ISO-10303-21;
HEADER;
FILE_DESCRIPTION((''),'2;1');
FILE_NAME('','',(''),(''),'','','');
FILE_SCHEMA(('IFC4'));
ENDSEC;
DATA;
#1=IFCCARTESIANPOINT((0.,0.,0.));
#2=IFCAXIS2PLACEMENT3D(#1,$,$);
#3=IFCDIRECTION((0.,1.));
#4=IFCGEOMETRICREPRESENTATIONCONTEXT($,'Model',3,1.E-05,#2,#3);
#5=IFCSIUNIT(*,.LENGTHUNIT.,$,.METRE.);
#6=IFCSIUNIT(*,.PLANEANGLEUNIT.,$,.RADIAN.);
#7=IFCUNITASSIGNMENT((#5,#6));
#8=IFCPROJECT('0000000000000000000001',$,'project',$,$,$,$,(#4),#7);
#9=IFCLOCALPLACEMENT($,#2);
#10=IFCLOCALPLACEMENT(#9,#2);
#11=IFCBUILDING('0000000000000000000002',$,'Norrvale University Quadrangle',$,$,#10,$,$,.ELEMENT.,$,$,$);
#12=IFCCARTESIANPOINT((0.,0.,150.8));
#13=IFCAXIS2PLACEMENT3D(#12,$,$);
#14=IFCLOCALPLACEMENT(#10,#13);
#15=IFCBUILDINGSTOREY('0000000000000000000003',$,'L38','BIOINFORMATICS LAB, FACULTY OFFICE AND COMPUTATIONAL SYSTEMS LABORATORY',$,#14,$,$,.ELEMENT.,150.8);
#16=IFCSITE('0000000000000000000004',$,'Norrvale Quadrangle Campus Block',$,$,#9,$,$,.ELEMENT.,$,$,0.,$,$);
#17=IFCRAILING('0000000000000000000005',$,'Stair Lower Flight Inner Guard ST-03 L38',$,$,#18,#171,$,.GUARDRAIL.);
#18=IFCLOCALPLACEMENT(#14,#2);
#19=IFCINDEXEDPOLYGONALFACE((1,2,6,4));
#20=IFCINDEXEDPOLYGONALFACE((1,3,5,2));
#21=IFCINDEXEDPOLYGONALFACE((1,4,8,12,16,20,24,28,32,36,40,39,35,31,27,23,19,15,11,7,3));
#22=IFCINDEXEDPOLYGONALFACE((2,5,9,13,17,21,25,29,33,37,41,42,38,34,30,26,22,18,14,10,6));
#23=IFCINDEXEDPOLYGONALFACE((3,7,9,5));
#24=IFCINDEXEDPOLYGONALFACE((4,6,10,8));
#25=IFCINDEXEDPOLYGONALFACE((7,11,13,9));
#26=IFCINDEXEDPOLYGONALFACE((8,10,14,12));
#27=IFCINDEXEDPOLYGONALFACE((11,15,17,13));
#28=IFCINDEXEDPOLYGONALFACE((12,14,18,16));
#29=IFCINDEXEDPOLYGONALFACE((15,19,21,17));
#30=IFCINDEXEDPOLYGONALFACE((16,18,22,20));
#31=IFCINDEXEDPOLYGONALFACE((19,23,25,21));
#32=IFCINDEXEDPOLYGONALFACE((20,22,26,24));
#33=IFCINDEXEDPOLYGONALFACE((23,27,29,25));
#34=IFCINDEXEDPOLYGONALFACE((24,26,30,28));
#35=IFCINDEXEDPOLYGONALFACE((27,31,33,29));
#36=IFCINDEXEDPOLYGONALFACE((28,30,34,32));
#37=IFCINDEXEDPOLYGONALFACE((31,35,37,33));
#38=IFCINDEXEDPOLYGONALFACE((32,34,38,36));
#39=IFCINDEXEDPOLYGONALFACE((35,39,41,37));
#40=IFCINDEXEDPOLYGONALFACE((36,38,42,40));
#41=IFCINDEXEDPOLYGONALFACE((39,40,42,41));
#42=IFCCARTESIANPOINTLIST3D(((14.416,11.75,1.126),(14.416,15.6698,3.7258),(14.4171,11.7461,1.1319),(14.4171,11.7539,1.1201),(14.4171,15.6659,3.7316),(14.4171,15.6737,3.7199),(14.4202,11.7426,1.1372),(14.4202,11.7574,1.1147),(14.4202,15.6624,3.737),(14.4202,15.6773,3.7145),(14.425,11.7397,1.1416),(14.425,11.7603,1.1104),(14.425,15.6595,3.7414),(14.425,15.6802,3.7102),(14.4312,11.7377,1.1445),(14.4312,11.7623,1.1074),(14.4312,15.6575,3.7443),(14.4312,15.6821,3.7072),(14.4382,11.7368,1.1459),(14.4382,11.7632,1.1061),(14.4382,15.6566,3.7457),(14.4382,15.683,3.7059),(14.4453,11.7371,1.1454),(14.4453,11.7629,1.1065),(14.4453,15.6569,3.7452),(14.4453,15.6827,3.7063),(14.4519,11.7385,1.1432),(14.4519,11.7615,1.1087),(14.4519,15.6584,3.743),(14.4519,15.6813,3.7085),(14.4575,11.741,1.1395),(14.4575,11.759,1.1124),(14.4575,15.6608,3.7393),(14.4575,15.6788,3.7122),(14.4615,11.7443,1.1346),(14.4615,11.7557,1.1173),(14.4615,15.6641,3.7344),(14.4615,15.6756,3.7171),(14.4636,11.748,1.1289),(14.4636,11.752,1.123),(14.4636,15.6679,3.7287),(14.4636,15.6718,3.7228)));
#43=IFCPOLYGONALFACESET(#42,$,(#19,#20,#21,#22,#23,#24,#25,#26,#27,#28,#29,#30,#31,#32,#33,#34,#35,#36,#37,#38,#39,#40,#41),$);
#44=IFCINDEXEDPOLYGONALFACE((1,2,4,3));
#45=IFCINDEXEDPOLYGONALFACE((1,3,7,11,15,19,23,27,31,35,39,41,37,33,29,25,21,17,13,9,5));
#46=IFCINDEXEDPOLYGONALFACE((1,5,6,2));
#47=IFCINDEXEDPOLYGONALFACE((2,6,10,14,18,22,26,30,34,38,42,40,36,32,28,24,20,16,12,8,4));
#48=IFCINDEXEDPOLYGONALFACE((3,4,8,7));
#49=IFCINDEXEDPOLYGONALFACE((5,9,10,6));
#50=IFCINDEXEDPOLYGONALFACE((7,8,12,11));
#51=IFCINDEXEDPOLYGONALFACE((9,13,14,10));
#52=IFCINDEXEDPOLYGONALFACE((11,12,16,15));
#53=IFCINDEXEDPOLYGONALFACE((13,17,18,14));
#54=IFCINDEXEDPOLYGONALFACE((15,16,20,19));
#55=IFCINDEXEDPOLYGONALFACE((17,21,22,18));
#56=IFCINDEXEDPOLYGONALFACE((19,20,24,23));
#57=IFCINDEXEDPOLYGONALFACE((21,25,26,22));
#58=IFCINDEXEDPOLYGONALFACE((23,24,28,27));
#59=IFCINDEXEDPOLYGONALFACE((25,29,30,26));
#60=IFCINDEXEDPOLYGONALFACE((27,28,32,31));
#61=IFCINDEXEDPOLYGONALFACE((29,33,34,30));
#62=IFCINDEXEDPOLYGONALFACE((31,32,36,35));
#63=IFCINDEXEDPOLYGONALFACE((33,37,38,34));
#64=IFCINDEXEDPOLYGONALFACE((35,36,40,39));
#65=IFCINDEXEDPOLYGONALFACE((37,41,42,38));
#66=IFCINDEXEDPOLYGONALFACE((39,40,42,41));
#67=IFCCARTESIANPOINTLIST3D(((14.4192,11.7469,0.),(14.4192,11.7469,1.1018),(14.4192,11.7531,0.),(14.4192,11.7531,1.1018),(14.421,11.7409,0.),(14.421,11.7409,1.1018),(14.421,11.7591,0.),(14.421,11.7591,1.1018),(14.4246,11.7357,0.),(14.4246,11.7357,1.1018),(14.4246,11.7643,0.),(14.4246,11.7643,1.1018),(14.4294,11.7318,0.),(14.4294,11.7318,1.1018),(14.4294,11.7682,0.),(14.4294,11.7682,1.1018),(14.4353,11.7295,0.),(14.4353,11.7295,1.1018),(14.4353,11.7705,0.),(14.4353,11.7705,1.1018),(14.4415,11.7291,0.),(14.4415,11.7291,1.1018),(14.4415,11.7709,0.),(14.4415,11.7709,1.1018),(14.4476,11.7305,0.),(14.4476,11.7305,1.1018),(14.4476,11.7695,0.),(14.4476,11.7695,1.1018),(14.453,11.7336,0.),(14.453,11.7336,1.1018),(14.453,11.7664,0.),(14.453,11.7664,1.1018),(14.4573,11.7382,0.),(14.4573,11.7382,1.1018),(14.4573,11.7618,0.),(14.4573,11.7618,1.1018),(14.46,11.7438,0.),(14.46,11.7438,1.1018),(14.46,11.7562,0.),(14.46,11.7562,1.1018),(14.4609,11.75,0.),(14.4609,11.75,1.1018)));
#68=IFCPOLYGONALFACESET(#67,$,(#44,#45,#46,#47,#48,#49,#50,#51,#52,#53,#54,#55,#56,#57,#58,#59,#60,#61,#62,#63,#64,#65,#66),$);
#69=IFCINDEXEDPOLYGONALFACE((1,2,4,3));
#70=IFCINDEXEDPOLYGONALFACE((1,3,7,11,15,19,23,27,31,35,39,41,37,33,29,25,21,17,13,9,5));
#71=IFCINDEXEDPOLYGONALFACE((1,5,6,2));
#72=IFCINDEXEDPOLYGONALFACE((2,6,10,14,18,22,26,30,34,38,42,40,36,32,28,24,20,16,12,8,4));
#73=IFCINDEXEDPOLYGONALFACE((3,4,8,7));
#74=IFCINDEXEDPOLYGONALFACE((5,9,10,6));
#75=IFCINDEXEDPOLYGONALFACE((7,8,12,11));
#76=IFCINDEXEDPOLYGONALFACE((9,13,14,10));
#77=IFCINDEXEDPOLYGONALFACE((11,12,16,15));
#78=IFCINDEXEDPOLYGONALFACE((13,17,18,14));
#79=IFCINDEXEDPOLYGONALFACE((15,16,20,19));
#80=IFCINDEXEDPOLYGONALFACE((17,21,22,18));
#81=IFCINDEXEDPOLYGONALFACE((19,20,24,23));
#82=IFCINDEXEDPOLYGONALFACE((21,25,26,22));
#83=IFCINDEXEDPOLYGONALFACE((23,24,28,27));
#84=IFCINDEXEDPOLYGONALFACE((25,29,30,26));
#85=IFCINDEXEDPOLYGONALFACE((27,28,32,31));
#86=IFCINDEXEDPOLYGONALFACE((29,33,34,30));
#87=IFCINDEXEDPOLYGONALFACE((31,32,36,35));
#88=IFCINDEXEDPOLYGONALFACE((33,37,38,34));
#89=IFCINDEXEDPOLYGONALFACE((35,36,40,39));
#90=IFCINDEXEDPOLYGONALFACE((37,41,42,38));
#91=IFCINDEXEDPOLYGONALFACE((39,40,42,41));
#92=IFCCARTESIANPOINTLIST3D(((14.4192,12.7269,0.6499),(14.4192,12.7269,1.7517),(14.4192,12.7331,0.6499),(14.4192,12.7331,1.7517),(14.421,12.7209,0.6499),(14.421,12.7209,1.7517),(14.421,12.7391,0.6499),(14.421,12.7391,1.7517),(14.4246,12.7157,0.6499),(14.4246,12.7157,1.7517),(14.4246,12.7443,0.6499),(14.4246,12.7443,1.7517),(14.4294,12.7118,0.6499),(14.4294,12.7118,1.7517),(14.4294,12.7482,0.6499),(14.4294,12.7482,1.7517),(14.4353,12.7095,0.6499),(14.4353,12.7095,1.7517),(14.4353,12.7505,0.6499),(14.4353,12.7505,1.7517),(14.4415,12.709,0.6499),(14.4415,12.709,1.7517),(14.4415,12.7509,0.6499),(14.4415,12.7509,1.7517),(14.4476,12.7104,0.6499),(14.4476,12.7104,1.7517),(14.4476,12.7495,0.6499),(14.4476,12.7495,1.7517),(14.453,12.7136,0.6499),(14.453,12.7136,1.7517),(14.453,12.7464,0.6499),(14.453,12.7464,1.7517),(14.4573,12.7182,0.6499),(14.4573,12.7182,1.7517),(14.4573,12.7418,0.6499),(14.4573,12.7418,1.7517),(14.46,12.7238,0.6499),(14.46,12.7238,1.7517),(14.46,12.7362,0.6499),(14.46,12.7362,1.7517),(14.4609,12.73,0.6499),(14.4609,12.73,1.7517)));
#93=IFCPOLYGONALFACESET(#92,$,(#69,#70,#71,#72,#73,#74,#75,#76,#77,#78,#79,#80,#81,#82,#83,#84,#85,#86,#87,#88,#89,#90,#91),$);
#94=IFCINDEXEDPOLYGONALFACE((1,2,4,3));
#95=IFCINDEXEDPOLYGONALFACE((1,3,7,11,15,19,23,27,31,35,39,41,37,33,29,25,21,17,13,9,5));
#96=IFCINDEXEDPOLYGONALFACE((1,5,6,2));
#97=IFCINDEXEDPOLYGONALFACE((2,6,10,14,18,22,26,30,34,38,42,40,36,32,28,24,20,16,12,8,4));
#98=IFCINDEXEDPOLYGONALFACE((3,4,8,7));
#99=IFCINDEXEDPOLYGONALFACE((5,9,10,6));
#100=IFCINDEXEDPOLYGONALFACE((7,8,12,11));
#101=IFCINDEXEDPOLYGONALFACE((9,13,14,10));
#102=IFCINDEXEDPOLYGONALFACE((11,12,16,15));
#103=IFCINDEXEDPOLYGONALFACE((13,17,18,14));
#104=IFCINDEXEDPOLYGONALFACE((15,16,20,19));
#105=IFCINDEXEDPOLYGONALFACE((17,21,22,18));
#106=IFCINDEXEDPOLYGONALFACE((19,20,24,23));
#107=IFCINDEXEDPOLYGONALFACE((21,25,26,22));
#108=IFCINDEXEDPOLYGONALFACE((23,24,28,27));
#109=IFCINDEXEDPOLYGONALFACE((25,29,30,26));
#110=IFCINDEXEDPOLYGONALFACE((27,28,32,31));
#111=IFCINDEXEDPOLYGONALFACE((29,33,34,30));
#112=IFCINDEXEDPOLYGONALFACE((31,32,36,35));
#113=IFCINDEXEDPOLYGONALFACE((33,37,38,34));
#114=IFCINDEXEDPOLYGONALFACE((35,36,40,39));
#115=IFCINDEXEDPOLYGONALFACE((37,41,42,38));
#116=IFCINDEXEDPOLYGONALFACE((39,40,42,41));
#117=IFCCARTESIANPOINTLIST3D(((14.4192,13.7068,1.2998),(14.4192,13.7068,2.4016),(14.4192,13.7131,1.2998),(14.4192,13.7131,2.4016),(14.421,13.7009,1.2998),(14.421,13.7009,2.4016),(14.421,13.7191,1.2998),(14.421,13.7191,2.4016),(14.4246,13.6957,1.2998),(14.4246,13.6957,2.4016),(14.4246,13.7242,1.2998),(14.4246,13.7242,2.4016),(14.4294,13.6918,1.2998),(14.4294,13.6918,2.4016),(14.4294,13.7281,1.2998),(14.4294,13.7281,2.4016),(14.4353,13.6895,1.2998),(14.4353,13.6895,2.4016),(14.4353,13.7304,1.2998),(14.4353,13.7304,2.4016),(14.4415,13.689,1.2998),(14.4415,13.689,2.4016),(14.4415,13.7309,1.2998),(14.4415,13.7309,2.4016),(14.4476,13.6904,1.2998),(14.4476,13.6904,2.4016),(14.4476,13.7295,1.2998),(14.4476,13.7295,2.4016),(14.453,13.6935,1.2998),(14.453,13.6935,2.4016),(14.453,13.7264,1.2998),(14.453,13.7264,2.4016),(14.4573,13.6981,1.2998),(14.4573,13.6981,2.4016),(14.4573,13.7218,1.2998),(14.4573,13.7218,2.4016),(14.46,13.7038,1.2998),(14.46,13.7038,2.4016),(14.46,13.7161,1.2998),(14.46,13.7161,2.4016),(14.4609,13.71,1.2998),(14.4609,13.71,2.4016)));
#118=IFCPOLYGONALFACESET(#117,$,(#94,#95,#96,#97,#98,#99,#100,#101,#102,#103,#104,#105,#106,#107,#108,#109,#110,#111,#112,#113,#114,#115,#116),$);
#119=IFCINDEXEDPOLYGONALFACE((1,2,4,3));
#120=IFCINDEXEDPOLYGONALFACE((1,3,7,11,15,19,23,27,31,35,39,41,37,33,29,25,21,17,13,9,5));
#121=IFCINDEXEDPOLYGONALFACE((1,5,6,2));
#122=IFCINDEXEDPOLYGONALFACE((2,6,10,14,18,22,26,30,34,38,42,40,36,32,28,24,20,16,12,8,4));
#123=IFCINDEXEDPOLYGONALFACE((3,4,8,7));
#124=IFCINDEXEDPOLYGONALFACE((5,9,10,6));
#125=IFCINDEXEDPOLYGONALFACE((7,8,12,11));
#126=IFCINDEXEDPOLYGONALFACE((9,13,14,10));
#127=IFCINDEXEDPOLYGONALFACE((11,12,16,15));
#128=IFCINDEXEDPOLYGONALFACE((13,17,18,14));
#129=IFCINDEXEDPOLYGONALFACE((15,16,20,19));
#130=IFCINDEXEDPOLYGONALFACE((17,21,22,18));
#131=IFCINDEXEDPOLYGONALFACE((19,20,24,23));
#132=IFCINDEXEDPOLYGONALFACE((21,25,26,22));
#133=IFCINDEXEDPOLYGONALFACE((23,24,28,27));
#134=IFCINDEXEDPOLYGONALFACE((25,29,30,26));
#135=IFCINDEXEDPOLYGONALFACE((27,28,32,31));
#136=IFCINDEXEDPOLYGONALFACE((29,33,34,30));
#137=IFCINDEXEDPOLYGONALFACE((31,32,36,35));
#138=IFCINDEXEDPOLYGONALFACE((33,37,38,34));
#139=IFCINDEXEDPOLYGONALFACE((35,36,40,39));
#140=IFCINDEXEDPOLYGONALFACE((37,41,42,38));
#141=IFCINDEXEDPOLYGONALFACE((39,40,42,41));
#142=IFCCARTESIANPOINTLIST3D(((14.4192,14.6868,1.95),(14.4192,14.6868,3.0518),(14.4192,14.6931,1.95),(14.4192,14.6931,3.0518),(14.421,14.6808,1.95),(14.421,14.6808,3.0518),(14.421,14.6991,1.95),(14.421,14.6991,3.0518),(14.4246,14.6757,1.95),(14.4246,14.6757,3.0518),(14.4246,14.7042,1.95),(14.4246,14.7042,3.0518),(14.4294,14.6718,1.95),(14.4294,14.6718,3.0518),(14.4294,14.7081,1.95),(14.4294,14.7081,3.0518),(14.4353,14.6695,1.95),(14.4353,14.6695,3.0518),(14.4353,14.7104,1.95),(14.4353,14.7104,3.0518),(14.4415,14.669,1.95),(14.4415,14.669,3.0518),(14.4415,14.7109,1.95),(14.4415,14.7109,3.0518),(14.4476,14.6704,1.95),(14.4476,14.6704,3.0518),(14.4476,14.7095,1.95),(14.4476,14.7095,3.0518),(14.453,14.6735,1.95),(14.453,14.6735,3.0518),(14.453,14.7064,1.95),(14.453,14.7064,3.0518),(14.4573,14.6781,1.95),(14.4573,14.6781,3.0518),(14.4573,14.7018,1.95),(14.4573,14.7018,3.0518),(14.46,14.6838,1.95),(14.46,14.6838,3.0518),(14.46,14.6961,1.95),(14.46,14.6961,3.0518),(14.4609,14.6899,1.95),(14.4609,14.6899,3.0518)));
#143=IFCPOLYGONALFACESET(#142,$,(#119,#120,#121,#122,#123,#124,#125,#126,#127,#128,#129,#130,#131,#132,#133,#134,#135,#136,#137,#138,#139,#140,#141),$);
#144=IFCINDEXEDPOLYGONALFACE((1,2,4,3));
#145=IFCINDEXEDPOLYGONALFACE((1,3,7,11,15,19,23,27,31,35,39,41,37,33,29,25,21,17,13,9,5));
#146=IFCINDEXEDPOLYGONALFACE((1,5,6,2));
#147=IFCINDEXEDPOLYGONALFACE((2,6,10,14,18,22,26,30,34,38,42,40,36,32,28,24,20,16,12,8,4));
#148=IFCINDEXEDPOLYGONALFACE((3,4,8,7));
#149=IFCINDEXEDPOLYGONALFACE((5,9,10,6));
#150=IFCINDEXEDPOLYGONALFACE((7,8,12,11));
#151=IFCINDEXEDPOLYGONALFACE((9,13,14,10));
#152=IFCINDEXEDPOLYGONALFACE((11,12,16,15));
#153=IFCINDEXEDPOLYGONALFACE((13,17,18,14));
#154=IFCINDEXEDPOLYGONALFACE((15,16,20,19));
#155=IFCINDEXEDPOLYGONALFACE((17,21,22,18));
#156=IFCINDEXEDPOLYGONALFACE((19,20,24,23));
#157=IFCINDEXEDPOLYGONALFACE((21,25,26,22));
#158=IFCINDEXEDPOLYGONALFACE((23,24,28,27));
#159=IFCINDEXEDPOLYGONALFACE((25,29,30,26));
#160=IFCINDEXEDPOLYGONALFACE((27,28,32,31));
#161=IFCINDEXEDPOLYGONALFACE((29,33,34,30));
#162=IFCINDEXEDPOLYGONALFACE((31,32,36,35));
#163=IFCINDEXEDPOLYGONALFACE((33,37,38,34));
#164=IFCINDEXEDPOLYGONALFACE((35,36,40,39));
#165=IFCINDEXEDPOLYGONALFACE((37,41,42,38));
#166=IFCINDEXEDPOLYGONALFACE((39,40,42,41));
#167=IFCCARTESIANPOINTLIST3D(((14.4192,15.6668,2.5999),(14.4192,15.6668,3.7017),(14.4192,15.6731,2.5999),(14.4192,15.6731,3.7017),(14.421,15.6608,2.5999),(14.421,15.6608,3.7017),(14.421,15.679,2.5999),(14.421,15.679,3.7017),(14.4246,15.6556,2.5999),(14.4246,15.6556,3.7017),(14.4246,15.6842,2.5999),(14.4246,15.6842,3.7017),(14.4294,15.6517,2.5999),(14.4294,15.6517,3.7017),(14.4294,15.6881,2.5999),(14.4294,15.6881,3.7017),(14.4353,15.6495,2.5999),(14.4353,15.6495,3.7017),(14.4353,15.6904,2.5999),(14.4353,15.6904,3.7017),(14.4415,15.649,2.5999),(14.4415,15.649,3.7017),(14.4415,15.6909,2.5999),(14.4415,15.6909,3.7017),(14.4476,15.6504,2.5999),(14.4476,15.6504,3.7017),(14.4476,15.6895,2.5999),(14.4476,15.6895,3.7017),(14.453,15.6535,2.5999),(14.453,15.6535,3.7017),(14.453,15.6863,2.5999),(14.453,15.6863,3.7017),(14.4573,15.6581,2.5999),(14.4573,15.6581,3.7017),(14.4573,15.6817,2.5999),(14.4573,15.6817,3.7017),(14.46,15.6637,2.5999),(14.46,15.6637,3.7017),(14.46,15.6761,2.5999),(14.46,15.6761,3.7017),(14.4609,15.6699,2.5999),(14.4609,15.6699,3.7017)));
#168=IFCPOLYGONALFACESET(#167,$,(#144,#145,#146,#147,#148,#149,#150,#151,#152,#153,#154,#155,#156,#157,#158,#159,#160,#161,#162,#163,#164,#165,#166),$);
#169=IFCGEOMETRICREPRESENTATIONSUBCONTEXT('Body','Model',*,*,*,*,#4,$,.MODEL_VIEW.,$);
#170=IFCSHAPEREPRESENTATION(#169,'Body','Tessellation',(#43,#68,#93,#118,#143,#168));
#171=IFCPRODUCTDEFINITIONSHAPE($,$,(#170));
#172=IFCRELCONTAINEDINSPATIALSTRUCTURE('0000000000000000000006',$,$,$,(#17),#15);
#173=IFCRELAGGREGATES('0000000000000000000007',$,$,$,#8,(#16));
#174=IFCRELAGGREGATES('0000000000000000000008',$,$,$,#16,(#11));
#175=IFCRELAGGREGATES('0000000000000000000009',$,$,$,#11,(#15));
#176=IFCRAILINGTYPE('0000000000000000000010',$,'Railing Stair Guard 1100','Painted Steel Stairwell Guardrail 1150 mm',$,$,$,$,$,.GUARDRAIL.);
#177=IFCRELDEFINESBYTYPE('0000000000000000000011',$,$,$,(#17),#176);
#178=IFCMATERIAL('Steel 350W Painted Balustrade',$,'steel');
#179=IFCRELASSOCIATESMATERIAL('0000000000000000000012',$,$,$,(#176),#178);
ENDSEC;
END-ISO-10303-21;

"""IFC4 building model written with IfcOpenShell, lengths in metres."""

from ifc_helpers import new_model, si_unit, direction, frame, origin, origin_2d, place, context, subcontext, project, spatial, circle, extrude, material, type_object, element, save


model = new_model("IFC4")

# Units and contexts
model_context = context("Model", 3, precision=1e-05, world=origin(), true_north=direction((0.0, 1.0)))
body_context = subcontext(model_context, "Body", "Model", "MODEL_VIEW")
ifc_project = project(units=[si_unit("LENGTHUNIT", "METRE"), si_unit("PLANEANGLEUNIT", "RADIAN")], contexts=[model_context])

# Site, building, storey
site_placement = place(None, origin())
site = spatial("IfcSite", under=ifc_project, at=site_placement, Name="Norrvale Quadrangle Campus Block", CompositionType="ELEMENT", RefElevation=0.0)
building_placement = place(site_placement, origin())
building = spatial("IfcBuilding", under=site, at=building_placement, Name="Norrvale University Quadrangle", CompositionType="ELEMENT")
storey_placement = place(building_placement, frame((0.0, 0.0, 150.8)))
storey = spatial("IfcBuildingStorey", under=building, at=storey_placement, Name="L38", Description="BIOINFORMATICS LAB, FACULTY OFFICE AND COMPUTATIONAL SYSTEMS LABORATORY", CompositionType="ELEMENT", Elevation=150.8)

# Railing
ifc_material_1 = material(Name="Steel 350W Painted Balustrade", Category="steel")
railing_type_1 = type_object("IfcRailingType", Name="Railing Stair Guard 1100", Description="Painted Steel Stairwell Guardrail 1150 mm", PredefinedType="GUARDRAIL", material=ifc_material_1)
railing_1_placement = place(storey_placement, frame((14.4399, 11.75, 0.0)))
element("IfcRailing", 1, at=railing_1_placement, inside=storey, type_object=railing_type_1, Name="Stair Lower Flight Inner Guard ST-03 L38", PredefinedType="GUARDRAIL", context=body_context, shape_type="SweptSolid", body=[
    extrude(circle(Radius=0.0239, at=origin_2d()), frame((0.0, 0.0, 1.126), z_axis=(0.0, 0.833366, 0.552722), x_axis=(-1.0, 0.0, 0.0)), (0.0, 0.0, 1.0), 4.7036),
    extrude(circle(Radius=0.021, at=origin_2d()), origin(), (0.0, 0.0, 1.0), 1.1018),
    extrude(circle(Radius=0.021, at=origin_2d()), frame((0.0, 0.98, 0.6499)), (0.0, 0.0, 1.0), 1.1018),
    extrude(circle(Radius=0.021, at=origin_2d()), frame((0.0, 1.96, 1.2998)), (0.0, 0.0, 1.0), 1.1018),
    extrude(circle(Radius=0.021, at=origin_2d()), frame((0.0, 2.9399, 1.95)), (0.0, 0.0, 1.0), 1.1018),
    extrude(circle(Radius=0.021, at=origin_2d()), frame((0.0, 3.9199, 2.5999)), (0.0, 0.0, 1.0), 1.1018),
])

save(model, "model.ifc")
